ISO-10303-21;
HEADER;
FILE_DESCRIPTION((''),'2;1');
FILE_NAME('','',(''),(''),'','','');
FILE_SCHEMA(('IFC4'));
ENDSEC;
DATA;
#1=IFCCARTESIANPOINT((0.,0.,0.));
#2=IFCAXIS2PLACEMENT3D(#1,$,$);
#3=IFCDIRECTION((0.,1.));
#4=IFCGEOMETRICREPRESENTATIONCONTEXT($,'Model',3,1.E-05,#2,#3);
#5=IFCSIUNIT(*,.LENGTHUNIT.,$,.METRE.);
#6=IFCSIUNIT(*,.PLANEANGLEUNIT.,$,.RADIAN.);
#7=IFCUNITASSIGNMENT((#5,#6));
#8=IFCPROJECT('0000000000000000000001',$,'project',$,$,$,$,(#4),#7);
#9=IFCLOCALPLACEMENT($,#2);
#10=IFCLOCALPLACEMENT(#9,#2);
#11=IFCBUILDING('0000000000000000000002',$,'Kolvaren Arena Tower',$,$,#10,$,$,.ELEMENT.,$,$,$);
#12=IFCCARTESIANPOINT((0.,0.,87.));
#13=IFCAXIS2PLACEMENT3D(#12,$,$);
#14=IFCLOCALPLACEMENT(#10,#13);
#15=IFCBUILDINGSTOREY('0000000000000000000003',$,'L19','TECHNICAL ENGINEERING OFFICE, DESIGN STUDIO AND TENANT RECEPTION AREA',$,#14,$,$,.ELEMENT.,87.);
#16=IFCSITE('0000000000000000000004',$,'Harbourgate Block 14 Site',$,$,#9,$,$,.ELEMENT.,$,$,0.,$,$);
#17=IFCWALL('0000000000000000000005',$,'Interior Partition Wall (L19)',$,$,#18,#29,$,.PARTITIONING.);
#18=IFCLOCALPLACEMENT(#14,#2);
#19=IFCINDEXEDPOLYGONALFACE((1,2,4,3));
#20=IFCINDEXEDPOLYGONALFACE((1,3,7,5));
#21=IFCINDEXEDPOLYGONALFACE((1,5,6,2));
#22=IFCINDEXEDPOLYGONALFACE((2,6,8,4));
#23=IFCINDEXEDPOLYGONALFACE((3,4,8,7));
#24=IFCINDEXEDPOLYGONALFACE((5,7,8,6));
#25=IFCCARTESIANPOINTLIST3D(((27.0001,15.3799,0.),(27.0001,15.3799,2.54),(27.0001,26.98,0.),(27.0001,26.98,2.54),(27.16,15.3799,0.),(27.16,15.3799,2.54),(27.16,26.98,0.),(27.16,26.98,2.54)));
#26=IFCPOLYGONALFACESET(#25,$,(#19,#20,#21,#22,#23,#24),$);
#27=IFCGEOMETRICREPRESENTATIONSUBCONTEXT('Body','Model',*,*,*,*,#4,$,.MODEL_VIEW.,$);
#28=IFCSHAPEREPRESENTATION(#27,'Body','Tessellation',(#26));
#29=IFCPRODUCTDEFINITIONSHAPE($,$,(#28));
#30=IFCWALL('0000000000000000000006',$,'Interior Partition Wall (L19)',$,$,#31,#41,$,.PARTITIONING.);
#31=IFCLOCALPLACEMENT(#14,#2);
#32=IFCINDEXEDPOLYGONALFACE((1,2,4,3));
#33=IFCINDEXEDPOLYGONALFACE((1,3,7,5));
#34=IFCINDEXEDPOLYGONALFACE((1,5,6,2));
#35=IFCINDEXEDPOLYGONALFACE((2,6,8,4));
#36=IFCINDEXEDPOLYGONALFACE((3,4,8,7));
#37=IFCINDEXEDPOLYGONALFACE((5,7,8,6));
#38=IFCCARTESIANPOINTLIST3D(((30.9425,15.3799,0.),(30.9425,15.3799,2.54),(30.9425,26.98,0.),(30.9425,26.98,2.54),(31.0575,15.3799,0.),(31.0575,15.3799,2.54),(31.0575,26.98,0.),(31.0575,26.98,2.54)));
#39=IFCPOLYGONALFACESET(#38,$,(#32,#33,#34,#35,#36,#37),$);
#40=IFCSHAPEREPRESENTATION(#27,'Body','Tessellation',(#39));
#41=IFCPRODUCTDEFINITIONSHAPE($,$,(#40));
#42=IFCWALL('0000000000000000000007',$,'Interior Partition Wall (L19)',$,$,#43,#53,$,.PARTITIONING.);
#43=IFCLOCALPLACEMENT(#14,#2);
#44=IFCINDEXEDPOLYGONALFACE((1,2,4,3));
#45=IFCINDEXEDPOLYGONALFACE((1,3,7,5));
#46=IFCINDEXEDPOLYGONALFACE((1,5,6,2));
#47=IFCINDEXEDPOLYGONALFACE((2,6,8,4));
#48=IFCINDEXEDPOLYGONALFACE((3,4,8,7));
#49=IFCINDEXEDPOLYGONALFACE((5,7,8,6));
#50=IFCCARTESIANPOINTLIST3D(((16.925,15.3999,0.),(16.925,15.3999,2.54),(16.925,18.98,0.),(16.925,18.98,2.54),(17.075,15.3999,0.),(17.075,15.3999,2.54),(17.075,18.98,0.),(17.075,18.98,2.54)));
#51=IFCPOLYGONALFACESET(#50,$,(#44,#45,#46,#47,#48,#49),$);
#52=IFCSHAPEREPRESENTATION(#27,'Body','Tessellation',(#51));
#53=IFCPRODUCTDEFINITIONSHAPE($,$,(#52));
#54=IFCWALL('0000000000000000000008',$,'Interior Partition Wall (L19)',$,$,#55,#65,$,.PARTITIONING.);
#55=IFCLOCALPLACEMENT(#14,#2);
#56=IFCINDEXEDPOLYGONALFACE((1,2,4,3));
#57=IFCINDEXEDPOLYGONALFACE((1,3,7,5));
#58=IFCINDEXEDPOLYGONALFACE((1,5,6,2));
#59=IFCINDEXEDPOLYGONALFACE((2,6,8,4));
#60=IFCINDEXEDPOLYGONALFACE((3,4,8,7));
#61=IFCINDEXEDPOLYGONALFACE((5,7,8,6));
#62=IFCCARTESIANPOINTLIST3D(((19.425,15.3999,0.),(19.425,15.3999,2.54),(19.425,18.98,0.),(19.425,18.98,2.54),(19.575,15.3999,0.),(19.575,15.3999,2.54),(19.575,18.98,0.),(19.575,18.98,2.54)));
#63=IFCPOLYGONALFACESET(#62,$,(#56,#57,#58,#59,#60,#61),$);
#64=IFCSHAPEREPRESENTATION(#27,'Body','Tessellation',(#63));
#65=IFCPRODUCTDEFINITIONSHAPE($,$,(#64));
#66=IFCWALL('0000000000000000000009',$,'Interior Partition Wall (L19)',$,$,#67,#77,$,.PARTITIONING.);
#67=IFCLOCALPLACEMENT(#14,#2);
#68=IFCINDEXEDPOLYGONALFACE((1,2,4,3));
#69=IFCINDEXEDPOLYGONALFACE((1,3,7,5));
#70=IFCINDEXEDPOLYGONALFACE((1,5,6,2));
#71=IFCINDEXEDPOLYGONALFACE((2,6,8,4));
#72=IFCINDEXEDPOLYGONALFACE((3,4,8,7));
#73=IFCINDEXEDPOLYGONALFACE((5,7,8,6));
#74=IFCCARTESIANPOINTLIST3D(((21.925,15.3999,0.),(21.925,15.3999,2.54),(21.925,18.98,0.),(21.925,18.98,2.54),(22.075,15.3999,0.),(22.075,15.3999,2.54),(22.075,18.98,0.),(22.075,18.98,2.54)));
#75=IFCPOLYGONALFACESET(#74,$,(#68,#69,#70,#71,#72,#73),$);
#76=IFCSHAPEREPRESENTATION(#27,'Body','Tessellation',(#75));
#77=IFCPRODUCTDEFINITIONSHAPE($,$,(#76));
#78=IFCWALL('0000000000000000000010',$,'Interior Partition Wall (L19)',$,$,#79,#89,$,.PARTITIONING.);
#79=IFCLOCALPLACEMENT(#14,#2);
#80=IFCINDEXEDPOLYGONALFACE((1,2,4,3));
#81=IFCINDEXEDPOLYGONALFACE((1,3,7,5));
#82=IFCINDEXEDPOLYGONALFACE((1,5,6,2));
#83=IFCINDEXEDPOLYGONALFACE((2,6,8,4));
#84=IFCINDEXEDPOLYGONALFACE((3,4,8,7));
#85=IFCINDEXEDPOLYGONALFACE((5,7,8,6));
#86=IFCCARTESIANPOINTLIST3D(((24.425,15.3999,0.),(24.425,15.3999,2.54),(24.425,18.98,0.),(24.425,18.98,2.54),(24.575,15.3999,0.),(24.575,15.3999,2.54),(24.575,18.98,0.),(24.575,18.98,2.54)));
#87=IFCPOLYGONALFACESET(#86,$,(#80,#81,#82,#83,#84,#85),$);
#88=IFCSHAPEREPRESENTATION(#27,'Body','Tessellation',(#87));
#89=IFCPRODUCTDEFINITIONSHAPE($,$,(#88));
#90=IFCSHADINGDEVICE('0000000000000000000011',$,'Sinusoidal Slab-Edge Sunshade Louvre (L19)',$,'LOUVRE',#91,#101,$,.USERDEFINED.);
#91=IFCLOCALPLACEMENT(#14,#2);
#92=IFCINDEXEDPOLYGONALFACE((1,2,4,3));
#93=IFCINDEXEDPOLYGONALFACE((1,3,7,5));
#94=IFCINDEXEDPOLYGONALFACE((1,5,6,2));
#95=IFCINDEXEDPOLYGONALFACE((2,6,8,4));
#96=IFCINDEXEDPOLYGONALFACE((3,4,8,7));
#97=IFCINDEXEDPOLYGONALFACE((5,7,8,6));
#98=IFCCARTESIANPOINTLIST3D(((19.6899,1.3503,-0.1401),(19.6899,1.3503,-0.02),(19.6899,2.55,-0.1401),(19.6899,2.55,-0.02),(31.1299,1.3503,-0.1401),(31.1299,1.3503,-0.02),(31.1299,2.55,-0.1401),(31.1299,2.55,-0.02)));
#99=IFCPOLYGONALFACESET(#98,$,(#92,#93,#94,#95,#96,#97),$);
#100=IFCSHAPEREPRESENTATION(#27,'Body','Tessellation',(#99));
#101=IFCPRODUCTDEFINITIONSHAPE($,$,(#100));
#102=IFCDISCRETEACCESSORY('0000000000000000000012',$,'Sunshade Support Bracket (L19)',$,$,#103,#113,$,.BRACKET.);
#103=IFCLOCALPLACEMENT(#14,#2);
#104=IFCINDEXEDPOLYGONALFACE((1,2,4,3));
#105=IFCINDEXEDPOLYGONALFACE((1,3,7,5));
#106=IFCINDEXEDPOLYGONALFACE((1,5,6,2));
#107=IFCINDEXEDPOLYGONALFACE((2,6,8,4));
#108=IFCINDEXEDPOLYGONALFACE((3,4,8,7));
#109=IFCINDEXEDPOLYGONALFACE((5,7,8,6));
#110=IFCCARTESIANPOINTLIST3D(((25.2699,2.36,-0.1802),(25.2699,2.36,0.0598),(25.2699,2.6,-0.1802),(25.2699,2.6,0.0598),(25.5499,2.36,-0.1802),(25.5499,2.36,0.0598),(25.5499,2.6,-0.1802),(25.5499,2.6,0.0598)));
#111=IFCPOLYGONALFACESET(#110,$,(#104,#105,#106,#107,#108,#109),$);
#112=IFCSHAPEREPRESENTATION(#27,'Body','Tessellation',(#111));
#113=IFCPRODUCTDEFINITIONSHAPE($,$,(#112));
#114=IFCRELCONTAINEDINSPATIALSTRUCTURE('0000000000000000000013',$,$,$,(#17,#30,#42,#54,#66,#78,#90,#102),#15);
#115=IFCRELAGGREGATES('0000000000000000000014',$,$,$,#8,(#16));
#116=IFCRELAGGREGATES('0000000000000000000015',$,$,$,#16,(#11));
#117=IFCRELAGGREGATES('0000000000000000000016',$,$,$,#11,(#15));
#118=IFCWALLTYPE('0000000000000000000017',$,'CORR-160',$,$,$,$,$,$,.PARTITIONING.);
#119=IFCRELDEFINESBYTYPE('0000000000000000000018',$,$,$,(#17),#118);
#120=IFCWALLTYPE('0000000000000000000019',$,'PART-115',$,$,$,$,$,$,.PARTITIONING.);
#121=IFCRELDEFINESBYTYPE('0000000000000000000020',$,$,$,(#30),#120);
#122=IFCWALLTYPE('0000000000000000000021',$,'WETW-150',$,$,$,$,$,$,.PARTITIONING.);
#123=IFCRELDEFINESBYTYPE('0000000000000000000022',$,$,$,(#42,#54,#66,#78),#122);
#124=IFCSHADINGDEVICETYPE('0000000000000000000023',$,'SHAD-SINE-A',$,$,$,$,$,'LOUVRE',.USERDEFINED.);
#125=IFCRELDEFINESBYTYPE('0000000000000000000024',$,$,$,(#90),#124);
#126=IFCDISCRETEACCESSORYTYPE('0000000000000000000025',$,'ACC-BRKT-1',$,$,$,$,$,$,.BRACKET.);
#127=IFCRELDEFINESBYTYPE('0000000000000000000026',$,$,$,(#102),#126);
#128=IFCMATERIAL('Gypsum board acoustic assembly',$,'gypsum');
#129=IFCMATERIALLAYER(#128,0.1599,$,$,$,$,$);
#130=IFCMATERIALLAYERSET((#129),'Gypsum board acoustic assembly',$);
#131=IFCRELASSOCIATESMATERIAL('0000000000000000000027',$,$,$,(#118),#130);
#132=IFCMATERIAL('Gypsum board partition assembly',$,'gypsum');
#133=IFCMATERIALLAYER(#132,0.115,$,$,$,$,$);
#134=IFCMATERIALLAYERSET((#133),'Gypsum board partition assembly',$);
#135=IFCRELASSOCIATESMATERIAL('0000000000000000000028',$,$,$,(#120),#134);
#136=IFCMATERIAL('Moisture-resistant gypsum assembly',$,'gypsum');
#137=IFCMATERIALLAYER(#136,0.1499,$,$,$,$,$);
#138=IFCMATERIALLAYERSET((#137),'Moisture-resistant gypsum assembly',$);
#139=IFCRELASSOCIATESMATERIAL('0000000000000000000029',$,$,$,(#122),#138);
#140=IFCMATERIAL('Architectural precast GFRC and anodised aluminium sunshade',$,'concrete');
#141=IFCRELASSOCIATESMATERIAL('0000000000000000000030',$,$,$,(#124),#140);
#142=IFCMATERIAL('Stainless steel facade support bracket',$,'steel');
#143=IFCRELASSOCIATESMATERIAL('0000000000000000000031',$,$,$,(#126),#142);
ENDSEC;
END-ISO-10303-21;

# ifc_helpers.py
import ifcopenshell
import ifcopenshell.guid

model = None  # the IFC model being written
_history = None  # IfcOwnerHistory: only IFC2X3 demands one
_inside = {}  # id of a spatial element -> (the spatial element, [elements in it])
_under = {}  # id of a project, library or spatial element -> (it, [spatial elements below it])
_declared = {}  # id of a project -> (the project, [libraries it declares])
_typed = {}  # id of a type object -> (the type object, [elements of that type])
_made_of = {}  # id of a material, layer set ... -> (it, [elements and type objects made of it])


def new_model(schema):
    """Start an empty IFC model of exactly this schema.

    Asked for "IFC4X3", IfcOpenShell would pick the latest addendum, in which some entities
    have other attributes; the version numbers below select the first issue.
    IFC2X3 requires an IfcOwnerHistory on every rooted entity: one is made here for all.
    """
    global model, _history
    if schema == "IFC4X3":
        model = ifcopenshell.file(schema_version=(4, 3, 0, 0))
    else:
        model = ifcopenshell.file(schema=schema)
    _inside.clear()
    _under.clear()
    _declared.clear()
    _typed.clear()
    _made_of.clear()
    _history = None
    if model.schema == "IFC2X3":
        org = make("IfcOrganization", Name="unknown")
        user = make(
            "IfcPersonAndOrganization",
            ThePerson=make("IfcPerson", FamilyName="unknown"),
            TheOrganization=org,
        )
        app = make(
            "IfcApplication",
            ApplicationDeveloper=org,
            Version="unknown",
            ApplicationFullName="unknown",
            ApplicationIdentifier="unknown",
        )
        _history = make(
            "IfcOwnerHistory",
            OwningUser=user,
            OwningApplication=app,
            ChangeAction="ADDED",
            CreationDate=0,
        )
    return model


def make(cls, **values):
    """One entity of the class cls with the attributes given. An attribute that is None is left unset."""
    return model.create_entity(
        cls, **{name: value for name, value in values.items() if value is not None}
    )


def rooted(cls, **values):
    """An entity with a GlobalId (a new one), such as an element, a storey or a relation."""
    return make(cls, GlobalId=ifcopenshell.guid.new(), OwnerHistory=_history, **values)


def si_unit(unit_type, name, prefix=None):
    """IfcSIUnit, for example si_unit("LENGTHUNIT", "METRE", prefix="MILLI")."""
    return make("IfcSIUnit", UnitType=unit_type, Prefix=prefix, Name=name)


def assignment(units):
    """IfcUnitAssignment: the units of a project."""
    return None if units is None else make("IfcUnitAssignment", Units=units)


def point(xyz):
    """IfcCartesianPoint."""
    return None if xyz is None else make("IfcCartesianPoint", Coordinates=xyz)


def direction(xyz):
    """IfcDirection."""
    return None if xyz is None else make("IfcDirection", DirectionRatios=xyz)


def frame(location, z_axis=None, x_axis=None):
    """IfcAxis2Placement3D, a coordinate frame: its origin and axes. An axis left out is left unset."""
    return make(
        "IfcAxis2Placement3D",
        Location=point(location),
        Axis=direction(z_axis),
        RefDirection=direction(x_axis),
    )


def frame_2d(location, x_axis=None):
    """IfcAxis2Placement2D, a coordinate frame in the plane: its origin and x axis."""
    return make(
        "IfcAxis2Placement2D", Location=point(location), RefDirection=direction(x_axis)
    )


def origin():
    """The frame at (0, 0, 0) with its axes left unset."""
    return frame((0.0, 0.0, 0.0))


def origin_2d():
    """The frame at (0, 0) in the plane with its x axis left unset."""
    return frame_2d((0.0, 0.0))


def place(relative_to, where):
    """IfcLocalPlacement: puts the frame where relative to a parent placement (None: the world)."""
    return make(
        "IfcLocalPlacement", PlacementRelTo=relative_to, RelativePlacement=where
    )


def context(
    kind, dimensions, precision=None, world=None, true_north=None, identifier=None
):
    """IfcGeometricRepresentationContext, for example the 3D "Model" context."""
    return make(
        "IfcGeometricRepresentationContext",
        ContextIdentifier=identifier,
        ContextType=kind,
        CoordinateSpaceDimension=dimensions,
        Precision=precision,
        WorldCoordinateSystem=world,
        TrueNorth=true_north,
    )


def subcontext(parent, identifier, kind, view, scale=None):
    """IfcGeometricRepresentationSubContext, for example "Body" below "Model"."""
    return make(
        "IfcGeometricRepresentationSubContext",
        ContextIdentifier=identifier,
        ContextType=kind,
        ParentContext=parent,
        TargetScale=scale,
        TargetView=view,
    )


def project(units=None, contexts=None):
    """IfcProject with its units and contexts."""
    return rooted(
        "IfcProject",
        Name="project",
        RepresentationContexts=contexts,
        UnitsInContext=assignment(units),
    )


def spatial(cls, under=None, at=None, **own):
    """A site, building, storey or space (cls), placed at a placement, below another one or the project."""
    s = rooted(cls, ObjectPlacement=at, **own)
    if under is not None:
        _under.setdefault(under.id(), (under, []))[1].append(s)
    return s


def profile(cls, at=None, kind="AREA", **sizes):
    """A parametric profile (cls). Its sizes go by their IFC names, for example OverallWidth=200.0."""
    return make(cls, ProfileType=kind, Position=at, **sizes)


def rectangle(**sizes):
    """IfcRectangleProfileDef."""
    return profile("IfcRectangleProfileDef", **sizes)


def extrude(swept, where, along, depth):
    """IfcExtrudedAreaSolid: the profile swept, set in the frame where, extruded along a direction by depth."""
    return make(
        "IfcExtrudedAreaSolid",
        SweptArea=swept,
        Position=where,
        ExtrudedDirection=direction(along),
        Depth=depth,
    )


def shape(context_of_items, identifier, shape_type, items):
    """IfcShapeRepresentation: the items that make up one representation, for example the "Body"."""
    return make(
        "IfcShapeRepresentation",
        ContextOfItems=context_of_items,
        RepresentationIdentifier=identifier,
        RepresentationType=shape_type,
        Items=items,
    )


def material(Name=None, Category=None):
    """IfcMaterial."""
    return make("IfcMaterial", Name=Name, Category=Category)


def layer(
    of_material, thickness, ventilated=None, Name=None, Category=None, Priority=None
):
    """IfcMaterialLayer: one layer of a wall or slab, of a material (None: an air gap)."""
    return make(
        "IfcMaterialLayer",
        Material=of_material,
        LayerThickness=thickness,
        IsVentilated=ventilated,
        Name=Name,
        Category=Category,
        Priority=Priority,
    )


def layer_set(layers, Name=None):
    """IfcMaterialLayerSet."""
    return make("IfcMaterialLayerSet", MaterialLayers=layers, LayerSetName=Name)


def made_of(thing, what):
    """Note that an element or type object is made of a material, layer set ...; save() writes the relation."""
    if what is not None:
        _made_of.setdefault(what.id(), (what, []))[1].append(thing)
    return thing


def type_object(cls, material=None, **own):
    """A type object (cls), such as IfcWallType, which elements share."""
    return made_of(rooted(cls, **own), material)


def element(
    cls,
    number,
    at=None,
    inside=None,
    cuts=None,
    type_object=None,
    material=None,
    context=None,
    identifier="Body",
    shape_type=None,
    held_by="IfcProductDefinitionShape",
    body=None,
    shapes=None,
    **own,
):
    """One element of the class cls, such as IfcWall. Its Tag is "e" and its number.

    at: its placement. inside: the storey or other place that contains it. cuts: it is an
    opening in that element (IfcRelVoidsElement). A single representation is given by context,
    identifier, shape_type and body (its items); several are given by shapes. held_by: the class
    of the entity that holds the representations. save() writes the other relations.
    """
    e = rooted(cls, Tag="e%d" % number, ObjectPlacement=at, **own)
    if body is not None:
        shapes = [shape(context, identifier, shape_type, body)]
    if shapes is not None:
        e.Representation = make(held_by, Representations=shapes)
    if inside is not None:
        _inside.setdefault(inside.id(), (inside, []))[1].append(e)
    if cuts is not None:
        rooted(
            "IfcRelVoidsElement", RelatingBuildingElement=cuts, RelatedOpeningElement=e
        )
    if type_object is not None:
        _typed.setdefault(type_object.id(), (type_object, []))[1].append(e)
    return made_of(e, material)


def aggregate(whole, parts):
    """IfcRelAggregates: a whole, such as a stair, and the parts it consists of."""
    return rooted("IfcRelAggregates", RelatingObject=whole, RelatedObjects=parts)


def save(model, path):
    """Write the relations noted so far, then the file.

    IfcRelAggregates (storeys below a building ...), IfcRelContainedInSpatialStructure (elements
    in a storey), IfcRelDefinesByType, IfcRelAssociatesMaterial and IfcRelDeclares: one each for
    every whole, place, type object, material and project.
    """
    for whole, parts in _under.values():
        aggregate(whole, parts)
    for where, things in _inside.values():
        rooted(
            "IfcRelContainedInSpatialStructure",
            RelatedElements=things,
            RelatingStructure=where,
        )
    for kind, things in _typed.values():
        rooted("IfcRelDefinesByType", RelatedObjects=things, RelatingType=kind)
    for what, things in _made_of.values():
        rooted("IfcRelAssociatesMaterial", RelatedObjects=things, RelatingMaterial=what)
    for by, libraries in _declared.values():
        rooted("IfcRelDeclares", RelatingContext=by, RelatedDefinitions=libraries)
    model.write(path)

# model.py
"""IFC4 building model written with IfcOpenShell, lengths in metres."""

from ifc_helpers import new_model, si_unit, direction, frame, frame_2d, origin, origin_2d, place, context, subcontext, project, spatial, rectangle, extrude, material, layer, layer_set, type_object, element, save


model = new_model("IFC4")

# Units and contexts
model_context = context("Model", 3, precision=1e-05, world=origin(), true_north=direction((0.0, 1.0)))
body_context = subcontext(model_context, "Body", "Model", "MODEL_VIEW")
ifc_project = project(units=[si_unit("LENGTHUNIT", "METRE"), si_unit("PLANEANGLEUNIT", "RADIAN")], contexts=[model_context])

# Site, building, storey
site_placement = place(None, origin())
site = spatial("IfcSite", under=ifc_project, at=site_placement, Name="Harbourgate Block 14 Site", CompositionType="ELEMENT", RefElevation=0.0)
building_placement = place(site_placement, origin())
building = spatial("IfcBuilding", under=site, at=building_placement, Name="Kolvaren Arena Tower", CompositionType="ELEMENT")
storey_placement = place(building_placement, frame((0.0, 0.0, 87.0)))
storey = spatial("IfcBuildingStorey", under=building, at=storey_placement, Name="L19", Description="TECHNICAL ENGINEERING OFFICE, DESIGN STUDIO AND TENANT RECEPTION AREA", CompositionType="ELEMENT", Elevation=87.0)

# Walls
ifc_material_1 = material(Name="Gypsum board acoustic assembly", Category="gypsum")
ifc_layer_1 = layer(ifc_material_1, 0.1599)
ifc_layer_set_1 = layer_set([ifc_layer_1], Name="Gypsum board acoustic assembly")
wall_type_1 = type_object("IfcWallType", Name="CORR-160", PredefinedType="PARTITIONING", material=ifc_layer_set_1)
for number, where, z_axis, x_axis, name in (
    (1, (27.0801, 15.3799, 0.0), (0.0, 0.0, 1.0), (0.0, 1.0, 0.0), "Interior Partition Wall (L19)"),
):
    element("IfcWall", number, at=place(storey_placement, frame(where, z_axis=z_axis, x_axis=x_axis)), inside=storey, type_object=wall_type_1, Name=name, PredefinedType="PARTITIONING", context=body_context, shape_type="SweptSolid", body=[
        extrude(rectangle(XDim=11.6001, YDim=0.1599, at=frame_2d((5.8, 0.0))), origin(), (0.0, 0.0, 1.0), 2.54),
    ])
ifc_material_2 = material(Name="Gypsum board partition assembly", Category="gypsum")
ifc_layer_2 = layer(ifc_material_2, 0.115)
ifc_layer_set_2 = layer_set([ifc_layer_2], Name="Gypsum board partition assembly")
wall_type_2 = type_object("IfcWallType", Name="PART-115", PredefinedType="PARTITIONING", material=ifc_layer_set_2)
wall_1_placement = place(storey_placement, frame((31.0, 15.3799, 0.0), z_axis=(0.0, 0.0, 1.0), x_axis=(0.0, 1.0, 0.0)))
element("IfcWall", 2, at=wall_1_placement, inside=storey, type_object=wall_type_2, Name="Interior Partition Wall (L19)", PredefinedType="PARTITIONING", context=body_context, shape_type="SweptSolid", body=[
    extrude(rectangle(XDim=11.6001, YDim=0.115, at=frame_2d((5.8, 0.0))), origin(), (0.0, 0.0, 1.0), 2.54),
])
ifc_material_3 = material(Name="Moisture-resistant gypsum assembly", Category="gypsum")
ifc_layer_3 = layer(ifc_material_3, 0.1499)
ifc_layer_set_3 = layer_set([ifc_layer_3], Name="Moisture-resistant gypsum assembly")
wall_type_3 = type_object("IfcWallType", Name="WETW-150", PredefinedType="PARTITIONING", material=ifc_layer_set_3)
for number, where, z_axis, x_axis, name in (
    (3, (17.0, 15.3999, 0.0), (0.0, 0.0, 1.0), (0.0, 1.0, 0.0), "Interior Partition Wall (L19)"),
    (4, (19.5, 15.3999, 0.0), (0.0, 0.0, 1.0), (0.0, 1.0, 0.0), "Interior Partition Wall (L19)"),
    (5, (22.0, 15.3999, 0.0), (0.0, 0.0, 1.0), (0.0, 1.0, 0.0), "Interior Partition Wall (L19)"),
    (6, (24.5, 15.3999, 0.0), (0.0, 0.0, 1.0), (0.0, 1.0, 0.0), "Interior Partition Wall (L19)"),
):
    element("IfcWall", number, at=place(storey_placement, frame(where, z_axis=z_axis, x_axis=x_axis)), inside=storey, type_object=wall_type_3, Name=name, PredefinedType="PARTITIONING", context=body_context, shape_type="SweptSolid", body=[
        extrude(rectangle(XDim=3.5801, YDim=0.1499, at=frame_2d((1.79, 0.0))), origin(), (0.0, 0.0, 1.0), 2.54),
    ])

# Shading device
ifc_material_4 = material(Name="Architectural precast GFRC and anodised aluminium sunshade", Category="concrete")
shading_device_type = type_object("IfcShadingDeviceType", Name="SHAD-SINE-A", ElementType="LOUVRE", PredefinedType="USERDEFINED", material=ifc_material_4)
shading_device_placement = place(storey_placement, frame((25.4099, 1.9502, -0.1401), z_axis=(0.0, 0.0, 1.0), x_axis=(-1.0, 0.0, 0.0)))
element("IfcShadingDevice", 7, at=shading_device_placement, inside=storey, type_object=shading_device_type, Name="Sinusoidal Slab-Edge Sunshade Louvre (L19)", ObjectType="LOUVRE", PredefinedType="USERDEFINED", context=body_context, shape_type="SweptSolid", body=[
    extrude(rectangle(XDim=11.4399, YDim=1.1997, at=origin_2d()), origin(), (0.0, 0.0, 1.0), 0.1201),
])

# Discrete accessory
ifc_material_5 = material(Name="Stainless steel facade support bracket", Category="steel")
discrete_accessory_type = type_object("IfcDiscreteAccessoryType", Name="ACC-BRKT-1", PredefinedType="BRACKET", material=ifc_material_5)
discrete_accessory_placement = place(storey_placement, frame((25.4099, 2.48, -0.1802), z_axis=(0.0, 0.0, 1.0), x_axis=(-1.0, 0.0, 0.0)))
element("IfcDiscreteAccessory", 8, at=discrete_accessory_placement, inside=storey, type_object=discrete_accessory_type, Name="Sunshade Support Bracket (L19)", PredefinedType="BRACKET", context=body_context, shape_type="SweptSolid", body=[
    extrude(rectangle(XDim=0.28, YDim=0.24, at=origin_2d()), origin(), (0.0, 0.0, 1.0), 0.24),
])

save(model, "model.ifc")
